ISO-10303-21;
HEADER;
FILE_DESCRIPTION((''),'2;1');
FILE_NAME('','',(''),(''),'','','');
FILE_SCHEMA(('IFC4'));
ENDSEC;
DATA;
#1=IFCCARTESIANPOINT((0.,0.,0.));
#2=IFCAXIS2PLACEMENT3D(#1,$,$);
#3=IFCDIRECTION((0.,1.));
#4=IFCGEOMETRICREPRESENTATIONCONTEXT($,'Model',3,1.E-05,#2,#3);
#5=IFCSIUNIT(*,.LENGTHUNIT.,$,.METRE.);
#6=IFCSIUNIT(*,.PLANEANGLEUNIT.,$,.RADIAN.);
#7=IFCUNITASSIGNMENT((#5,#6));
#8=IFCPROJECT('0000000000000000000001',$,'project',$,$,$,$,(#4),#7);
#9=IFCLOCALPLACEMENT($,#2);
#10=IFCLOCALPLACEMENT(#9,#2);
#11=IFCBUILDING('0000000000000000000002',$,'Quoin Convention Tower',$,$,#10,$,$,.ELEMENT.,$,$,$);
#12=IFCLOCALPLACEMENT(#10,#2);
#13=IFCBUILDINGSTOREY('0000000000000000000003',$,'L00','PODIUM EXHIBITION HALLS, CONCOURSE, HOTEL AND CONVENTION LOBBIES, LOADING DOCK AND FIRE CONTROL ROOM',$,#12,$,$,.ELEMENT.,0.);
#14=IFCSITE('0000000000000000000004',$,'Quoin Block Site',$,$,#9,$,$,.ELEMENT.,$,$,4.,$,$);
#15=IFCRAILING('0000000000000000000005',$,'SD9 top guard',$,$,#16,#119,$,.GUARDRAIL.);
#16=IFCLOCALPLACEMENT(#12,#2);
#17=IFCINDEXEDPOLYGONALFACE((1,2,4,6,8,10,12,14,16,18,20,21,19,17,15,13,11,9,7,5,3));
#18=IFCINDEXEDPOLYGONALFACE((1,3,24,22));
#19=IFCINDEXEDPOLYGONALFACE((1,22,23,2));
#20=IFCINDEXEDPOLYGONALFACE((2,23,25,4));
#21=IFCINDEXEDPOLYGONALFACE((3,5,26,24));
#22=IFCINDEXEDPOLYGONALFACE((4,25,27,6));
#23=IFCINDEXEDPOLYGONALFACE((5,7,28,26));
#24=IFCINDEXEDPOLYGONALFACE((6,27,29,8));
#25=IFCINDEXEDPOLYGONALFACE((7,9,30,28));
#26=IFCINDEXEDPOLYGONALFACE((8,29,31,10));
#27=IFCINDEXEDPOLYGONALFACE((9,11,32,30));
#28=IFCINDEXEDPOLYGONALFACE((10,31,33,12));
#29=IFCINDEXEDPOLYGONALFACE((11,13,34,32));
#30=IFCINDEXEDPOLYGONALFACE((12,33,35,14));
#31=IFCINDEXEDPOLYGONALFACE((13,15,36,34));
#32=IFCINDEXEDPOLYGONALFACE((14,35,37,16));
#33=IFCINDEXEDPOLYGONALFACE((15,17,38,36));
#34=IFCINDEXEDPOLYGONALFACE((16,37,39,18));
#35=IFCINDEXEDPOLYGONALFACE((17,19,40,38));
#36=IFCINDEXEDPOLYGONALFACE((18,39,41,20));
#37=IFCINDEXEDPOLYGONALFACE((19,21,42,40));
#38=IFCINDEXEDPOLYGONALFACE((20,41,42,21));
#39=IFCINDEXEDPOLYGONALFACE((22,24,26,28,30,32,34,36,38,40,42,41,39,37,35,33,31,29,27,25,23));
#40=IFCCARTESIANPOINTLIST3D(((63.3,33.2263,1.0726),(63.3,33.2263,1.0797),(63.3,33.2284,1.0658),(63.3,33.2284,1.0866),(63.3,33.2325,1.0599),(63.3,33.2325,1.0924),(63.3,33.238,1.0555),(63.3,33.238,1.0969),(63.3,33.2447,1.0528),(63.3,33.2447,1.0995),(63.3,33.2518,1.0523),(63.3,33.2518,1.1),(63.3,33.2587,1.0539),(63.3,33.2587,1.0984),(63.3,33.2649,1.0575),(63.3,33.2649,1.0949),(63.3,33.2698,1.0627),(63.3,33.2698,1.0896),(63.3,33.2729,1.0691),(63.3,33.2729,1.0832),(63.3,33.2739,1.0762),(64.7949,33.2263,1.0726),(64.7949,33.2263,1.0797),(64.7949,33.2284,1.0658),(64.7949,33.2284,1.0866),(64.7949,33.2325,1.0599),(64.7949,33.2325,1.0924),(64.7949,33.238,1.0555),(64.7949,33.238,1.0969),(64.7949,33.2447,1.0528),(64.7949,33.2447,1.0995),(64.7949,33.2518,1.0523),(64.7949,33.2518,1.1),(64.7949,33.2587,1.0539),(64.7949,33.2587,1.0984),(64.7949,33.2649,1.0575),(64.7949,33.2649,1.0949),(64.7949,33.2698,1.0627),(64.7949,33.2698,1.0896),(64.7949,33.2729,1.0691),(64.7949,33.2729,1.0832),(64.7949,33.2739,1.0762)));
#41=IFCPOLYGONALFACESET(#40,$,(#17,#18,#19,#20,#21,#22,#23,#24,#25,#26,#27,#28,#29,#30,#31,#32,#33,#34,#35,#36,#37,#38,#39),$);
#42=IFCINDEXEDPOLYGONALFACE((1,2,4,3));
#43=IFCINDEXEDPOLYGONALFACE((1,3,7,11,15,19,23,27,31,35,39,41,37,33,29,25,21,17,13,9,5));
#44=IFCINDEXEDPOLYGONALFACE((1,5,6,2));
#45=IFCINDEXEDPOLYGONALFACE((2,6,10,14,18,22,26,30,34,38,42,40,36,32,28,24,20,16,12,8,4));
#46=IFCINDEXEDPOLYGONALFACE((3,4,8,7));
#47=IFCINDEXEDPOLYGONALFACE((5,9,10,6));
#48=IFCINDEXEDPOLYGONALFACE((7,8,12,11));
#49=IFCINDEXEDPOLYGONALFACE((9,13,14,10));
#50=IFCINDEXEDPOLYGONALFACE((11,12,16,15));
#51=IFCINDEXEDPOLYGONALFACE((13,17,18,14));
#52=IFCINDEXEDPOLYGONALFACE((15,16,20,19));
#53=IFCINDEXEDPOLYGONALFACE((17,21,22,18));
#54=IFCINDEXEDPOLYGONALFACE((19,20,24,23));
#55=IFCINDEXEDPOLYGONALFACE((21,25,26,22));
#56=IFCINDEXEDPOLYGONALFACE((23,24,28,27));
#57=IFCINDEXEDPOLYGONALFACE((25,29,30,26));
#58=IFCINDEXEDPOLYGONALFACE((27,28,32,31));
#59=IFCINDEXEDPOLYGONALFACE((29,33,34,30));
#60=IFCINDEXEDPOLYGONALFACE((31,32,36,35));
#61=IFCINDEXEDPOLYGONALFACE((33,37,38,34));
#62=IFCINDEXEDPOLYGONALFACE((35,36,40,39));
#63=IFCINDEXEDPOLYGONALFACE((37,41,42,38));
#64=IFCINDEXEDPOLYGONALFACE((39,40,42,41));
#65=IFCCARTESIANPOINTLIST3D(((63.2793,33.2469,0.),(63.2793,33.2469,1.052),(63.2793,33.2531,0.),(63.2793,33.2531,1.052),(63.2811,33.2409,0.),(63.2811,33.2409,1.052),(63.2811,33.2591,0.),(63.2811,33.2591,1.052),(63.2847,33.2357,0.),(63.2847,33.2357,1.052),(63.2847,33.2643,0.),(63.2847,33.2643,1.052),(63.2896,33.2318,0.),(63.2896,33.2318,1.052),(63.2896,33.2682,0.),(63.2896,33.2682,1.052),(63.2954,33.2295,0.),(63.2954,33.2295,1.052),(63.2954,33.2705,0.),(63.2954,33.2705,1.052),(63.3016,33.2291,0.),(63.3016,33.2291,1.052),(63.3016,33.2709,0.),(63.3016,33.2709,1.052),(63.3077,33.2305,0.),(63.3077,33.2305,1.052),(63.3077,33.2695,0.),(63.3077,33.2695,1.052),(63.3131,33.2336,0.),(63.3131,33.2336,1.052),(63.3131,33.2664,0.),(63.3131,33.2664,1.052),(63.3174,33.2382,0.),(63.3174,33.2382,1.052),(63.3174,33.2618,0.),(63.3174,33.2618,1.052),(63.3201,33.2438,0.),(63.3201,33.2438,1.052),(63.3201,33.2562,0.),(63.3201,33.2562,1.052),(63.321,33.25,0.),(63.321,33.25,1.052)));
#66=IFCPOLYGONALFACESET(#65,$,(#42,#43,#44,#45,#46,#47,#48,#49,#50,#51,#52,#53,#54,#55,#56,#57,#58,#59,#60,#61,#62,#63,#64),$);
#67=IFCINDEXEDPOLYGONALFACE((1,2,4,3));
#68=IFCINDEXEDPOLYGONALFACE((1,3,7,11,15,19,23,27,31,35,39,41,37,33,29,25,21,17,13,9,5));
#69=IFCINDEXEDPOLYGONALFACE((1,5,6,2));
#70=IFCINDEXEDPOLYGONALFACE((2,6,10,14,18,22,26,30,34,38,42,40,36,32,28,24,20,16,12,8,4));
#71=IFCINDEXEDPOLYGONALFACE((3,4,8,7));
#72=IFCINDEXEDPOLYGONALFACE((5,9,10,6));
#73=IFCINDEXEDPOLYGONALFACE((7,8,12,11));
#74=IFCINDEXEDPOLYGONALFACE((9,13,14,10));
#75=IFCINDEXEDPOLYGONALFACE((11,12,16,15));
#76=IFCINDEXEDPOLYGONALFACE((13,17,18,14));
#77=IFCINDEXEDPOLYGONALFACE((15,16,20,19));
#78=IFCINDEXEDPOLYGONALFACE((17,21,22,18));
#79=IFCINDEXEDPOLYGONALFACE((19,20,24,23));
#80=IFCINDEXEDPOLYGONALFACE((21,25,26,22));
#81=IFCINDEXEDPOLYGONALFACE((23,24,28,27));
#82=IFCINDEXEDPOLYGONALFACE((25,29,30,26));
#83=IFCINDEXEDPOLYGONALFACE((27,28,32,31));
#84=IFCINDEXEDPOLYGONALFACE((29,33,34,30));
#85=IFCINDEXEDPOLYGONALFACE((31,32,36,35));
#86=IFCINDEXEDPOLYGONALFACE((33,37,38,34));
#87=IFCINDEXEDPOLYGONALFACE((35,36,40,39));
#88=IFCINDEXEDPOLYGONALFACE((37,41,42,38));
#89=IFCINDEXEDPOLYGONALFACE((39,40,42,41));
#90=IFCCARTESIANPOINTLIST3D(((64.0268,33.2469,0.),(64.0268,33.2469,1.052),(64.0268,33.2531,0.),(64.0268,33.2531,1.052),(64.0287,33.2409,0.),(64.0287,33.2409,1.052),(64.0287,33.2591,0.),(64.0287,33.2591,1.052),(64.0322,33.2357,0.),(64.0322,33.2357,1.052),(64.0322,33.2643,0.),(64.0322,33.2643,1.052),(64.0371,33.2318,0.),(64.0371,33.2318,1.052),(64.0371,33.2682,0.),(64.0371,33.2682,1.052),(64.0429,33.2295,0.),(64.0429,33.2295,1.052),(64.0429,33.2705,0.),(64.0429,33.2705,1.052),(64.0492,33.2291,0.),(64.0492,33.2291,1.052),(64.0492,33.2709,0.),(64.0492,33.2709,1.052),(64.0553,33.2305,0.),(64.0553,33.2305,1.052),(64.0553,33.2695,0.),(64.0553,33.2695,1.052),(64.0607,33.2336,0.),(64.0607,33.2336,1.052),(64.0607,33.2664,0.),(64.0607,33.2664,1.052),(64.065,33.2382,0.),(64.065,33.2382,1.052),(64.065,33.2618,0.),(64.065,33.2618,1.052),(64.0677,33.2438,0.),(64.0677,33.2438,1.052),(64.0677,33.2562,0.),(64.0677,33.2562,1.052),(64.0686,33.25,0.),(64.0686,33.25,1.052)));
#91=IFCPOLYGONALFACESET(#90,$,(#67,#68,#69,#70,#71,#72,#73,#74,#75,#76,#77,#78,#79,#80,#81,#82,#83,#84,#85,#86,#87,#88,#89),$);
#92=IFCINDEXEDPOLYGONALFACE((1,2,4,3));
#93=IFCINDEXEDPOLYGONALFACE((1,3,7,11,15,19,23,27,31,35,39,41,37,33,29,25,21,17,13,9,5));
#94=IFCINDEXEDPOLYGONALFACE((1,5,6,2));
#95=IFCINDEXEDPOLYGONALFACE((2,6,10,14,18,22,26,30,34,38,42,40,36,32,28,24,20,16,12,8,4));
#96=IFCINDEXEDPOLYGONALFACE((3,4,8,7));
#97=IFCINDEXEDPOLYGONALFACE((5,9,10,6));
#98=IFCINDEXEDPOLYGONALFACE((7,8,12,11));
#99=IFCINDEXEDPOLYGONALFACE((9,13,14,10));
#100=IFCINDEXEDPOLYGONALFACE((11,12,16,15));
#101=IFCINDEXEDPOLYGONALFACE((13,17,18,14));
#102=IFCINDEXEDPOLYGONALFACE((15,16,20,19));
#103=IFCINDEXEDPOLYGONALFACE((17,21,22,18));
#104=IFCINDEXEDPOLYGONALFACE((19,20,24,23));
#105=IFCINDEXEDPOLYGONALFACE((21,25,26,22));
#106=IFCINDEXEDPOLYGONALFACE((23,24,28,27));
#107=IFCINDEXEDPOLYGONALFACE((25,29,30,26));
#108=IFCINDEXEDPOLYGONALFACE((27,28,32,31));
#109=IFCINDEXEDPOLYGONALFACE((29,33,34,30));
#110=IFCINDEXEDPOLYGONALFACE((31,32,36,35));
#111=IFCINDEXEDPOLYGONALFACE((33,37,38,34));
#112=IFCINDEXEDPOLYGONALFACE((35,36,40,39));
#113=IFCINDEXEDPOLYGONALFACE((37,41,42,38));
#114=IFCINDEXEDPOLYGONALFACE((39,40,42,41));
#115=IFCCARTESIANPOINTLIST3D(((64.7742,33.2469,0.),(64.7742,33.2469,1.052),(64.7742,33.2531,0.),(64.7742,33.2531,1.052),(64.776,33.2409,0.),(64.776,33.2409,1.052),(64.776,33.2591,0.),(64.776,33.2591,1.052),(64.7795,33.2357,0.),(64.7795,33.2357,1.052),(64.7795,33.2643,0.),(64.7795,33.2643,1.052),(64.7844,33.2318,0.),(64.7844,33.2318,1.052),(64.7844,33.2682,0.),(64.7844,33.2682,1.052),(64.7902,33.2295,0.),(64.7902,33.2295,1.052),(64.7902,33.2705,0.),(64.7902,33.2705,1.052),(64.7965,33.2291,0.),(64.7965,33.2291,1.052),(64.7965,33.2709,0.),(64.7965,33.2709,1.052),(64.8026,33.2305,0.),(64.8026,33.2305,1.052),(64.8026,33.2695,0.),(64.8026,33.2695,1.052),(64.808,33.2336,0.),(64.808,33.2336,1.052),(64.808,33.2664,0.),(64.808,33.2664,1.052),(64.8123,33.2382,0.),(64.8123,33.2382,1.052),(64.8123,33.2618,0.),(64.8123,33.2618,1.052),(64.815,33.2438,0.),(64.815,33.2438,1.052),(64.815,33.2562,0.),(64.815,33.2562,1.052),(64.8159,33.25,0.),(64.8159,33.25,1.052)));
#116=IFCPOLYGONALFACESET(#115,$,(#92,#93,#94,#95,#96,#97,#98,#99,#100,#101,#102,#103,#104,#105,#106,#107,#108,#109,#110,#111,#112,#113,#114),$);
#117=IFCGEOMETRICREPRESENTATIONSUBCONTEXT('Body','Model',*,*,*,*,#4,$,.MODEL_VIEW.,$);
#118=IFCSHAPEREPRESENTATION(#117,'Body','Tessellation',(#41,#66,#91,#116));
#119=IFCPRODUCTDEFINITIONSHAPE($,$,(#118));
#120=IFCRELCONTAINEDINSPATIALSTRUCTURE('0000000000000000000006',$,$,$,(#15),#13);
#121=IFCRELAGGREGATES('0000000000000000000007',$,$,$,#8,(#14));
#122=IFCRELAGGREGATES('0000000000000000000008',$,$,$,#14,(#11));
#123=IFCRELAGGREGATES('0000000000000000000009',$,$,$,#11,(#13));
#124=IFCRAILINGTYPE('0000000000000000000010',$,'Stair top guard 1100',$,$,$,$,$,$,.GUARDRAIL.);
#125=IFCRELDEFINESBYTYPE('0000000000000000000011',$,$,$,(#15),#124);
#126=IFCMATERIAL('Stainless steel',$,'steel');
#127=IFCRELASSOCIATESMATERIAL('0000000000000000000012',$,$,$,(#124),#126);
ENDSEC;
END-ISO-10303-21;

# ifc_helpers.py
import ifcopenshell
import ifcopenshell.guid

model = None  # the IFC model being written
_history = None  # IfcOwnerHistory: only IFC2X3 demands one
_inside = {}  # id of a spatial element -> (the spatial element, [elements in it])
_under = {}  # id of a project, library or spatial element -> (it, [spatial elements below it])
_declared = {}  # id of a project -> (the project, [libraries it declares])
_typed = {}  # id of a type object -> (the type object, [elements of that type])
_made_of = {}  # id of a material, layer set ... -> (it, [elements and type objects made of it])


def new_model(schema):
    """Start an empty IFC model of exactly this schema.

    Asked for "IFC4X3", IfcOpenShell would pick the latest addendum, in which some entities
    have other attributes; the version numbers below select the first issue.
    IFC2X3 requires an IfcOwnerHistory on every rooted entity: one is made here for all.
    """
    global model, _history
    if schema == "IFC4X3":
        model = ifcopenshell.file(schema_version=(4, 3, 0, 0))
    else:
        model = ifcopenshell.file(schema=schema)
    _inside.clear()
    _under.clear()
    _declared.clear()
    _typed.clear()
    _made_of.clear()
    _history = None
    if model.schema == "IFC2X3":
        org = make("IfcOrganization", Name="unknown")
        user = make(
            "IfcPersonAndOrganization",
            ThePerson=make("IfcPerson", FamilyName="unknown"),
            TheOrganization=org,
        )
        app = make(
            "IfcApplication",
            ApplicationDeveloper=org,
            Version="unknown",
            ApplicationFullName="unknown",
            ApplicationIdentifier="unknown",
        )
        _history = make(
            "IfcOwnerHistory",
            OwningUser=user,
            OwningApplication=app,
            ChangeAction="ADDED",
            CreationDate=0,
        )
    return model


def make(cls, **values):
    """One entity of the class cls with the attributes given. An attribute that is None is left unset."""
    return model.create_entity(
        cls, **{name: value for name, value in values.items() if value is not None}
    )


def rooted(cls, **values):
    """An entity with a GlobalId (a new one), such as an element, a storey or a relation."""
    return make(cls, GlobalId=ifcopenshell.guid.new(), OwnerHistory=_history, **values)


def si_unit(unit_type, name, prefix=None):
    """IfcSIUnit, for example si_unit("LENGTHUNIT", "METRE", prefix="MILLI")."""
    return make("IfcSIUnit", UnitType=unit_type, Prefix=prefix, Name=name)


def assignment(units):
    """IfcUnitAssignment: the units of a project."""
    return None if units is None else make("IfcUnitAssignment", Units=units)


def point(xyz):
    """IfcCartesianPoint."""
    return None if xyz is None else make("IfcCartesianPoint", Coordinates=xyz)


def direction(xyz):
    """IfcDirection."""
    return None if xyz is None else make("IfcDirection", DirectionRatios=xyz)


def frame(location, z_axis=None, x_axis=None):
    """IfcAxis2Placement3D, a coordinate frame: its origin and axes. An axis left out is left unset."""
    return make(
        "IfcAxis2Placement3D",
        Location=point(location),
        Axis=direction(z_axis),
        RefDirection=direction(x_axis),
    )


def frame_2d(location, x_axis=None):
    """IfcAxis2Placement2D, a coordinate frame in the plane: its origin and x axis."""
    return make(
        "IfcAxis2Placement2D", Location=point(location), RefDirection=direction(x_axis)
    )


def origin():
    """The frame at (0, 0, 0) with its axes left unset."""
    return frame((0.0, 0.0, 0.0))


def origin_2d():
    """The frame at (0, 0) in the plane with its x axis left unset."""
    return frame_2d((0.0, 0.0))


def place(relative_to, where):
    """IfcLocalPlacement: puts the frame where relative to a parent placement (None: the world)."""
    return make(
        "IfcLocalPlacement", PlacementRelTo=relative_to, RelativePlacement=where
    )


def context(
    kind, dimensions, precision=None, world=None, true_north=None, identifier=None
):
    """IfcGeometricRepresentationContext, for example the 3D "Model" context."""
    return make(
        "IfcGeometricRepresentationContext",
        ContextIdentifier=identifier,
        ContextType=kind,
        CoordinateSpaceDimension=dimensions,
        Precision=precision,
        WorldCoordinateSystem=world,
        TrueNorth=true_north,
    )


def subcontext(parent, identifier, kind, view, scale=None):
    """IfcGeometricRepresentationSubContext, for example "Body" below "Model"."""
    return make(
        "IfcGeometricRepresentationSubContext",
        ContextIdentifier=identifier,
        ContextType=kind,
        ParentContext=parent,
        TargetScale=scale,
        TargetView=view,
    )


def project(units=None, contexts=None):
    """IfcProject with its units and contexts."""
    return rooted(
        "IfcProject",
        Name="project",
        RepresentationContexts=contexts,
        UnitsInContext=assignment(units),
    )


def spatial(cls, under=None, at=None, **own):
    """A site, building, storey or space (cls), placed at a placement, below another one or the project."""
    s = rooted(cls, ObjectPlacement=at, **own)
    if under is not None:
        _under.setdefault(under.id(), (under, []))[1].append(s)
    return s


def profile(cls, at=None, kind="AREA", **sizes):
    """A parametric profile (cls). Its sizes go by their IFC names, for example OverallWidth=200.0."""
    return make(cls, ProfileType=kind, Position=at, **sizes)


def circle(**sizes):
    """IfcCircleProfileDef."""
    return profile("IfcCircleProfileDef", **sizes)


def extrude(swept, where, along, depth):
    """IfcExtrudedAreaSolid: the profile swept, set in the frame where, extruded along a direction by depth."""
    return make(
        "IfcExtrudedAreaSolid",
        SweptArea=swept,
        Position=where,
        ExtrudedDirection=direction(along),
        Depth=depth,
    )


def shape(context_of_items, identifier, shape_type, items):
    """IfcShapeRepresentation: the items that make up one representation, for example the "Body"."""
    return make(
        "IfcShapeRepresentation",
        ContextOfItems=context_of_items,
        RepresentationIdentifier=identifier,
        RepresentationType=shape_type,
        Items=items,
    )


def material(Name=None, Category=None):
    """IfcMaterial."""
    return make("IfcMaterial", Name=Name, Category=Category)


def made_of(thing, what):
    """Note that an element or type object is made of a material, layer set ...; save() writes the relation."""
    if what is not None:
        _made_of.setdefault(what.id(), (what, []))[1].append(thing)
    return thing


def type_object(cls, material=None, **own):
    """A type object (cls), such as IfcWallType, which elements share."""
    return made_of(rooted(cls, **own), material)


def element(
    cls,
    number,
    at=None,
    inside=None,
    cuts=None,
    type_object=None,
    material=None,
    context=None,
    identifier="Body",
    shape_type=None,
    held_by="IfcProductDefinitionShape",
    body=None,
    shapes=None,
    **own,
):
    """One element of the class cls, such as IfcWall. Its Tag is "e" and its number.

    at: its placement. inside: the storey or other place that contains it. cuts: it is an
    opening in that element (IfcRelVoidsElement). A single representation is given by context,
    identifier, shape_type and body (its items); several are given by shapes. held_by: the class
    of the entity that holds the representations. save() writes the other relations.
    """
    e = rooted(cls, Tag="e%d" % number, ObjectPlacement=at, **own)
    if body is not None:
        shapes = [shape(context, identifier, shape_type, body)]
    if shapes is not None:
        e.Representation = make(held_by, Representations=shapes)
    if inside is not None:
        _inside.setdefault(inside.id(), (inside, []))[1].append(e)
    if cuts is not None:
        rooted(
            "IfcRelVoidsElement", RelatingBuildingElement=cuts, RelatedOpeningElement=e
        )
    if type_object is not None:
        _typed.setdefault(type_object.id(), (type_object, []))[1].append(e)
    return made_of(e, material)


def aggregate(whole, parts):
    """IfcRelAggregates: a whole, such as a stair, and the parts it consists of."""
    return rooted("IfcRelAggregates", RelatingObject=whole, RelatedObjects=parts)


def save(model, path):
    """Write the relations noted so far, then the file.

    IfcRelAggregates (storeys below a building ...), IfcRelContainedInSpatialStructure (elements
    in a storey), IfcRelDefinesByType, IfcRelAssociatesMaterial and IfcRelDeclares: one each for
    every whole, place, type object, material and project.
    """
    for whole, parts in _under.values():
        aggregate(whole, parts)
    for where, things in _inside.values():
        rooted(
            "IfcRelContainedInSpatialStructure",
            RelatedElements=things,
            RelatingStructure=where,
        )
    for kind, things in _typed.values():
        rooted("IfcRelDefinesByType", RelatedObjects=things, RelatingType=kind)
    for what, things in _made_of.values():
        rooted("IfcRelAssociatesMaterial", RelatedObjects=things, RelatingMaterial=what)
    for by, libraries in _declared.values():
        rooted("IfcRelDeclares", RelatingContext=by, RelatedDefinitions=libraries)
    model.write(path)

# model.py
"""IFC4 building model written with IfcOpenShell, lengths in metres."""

from ifc_helpers import new_model, si_unit, direction, frame, origin, origin_2d, place, context, subcontext, project, spatial, circle, extrude, material, type_object, element, save


model = new_model("IFC4")

# Units and contexts
model_context = context("Model", 3, precision=1e-05, world=origin(), true_north=direction((0.0, 1.0)))
body_context = subcontext(model_context, "Body", "Model", "MODEL_VIEW")
ifc_project = project(units=[si_unit("LENGTHUNIT", "METRE"), si_unit("PLANEANGLEUNIT", "RADIAN")], contexts=[model_context])

# Site, building, storey
site_placement = place(None, origin())
site = spatial("IfcSite", under=ifc_project, at=site_placement, Name="Quoin Block Site", CompositionType="ELEMENT", RefElevation=4.0)
building_placement = place(site_placement, origin())
building = spatial("IfcBuilding", under=site, at=building_placement, Name="Quoin Convention Tower", CompositionType="ELEMENT")
storey_placement = place(building_placement, origin())
storey = spatial("IfcBuildingStorey", under=building, at=storey_placement, Name="L00", Description="PODIUM EXHIBITION HALLS, CONCOURSE, HOTEL AND CONVENTION LOBBIES, LOADING DOCK AND FIRE CONTROL ROOM", CompositionType="ELEMENT", Elevation=0.0)

# Railing
ifc_material_1 = material(Name="Stainless steel", Category="steel")
railing_type_1 = type_object("IfcRailingType", Name="Stair top guard 1100", PredefinedType="GUARDRAIL", material=ifc_material_1)
railing_1_placement = place(storey_placement, frame((63.3, 33.25, 0.0)))
element("IfcRailing", 1, at=railing_1_placement, inside=storey, type_object=railing_type_1, Name="SD9 top guard", PredefinedType="GUARDRAIL", context=body_context, shape_type="SweptSolid", body=[
    extrude(circle(Radius=0.0239, at=origin_2d()), frame((0.0, 0.0, 1.0762), z_axis=(1.0, 0.0, 0.0), x_axis=(0.0, 1.0, 0.0)), (0.0, 0.0, 1.0), 1.4949),
    extrude(circle(Radius=0.021, at=origin_2d()), origin(), (0.0, 0.0, 1.0), 1.052),
    extrude(circle(Radius=0.021, at=origin_2d()), frame((0.7476, 0.0, 0.0)), (0.0, 0.0, 1.0), 1.052),
    extrude(circle(Radius=0.021, at=origin_2d()), frame((1.4949, 0.0, 0.0)), (0.0, 0.0, 1.0), 1.052),
])

save(model, "model.ifc")
